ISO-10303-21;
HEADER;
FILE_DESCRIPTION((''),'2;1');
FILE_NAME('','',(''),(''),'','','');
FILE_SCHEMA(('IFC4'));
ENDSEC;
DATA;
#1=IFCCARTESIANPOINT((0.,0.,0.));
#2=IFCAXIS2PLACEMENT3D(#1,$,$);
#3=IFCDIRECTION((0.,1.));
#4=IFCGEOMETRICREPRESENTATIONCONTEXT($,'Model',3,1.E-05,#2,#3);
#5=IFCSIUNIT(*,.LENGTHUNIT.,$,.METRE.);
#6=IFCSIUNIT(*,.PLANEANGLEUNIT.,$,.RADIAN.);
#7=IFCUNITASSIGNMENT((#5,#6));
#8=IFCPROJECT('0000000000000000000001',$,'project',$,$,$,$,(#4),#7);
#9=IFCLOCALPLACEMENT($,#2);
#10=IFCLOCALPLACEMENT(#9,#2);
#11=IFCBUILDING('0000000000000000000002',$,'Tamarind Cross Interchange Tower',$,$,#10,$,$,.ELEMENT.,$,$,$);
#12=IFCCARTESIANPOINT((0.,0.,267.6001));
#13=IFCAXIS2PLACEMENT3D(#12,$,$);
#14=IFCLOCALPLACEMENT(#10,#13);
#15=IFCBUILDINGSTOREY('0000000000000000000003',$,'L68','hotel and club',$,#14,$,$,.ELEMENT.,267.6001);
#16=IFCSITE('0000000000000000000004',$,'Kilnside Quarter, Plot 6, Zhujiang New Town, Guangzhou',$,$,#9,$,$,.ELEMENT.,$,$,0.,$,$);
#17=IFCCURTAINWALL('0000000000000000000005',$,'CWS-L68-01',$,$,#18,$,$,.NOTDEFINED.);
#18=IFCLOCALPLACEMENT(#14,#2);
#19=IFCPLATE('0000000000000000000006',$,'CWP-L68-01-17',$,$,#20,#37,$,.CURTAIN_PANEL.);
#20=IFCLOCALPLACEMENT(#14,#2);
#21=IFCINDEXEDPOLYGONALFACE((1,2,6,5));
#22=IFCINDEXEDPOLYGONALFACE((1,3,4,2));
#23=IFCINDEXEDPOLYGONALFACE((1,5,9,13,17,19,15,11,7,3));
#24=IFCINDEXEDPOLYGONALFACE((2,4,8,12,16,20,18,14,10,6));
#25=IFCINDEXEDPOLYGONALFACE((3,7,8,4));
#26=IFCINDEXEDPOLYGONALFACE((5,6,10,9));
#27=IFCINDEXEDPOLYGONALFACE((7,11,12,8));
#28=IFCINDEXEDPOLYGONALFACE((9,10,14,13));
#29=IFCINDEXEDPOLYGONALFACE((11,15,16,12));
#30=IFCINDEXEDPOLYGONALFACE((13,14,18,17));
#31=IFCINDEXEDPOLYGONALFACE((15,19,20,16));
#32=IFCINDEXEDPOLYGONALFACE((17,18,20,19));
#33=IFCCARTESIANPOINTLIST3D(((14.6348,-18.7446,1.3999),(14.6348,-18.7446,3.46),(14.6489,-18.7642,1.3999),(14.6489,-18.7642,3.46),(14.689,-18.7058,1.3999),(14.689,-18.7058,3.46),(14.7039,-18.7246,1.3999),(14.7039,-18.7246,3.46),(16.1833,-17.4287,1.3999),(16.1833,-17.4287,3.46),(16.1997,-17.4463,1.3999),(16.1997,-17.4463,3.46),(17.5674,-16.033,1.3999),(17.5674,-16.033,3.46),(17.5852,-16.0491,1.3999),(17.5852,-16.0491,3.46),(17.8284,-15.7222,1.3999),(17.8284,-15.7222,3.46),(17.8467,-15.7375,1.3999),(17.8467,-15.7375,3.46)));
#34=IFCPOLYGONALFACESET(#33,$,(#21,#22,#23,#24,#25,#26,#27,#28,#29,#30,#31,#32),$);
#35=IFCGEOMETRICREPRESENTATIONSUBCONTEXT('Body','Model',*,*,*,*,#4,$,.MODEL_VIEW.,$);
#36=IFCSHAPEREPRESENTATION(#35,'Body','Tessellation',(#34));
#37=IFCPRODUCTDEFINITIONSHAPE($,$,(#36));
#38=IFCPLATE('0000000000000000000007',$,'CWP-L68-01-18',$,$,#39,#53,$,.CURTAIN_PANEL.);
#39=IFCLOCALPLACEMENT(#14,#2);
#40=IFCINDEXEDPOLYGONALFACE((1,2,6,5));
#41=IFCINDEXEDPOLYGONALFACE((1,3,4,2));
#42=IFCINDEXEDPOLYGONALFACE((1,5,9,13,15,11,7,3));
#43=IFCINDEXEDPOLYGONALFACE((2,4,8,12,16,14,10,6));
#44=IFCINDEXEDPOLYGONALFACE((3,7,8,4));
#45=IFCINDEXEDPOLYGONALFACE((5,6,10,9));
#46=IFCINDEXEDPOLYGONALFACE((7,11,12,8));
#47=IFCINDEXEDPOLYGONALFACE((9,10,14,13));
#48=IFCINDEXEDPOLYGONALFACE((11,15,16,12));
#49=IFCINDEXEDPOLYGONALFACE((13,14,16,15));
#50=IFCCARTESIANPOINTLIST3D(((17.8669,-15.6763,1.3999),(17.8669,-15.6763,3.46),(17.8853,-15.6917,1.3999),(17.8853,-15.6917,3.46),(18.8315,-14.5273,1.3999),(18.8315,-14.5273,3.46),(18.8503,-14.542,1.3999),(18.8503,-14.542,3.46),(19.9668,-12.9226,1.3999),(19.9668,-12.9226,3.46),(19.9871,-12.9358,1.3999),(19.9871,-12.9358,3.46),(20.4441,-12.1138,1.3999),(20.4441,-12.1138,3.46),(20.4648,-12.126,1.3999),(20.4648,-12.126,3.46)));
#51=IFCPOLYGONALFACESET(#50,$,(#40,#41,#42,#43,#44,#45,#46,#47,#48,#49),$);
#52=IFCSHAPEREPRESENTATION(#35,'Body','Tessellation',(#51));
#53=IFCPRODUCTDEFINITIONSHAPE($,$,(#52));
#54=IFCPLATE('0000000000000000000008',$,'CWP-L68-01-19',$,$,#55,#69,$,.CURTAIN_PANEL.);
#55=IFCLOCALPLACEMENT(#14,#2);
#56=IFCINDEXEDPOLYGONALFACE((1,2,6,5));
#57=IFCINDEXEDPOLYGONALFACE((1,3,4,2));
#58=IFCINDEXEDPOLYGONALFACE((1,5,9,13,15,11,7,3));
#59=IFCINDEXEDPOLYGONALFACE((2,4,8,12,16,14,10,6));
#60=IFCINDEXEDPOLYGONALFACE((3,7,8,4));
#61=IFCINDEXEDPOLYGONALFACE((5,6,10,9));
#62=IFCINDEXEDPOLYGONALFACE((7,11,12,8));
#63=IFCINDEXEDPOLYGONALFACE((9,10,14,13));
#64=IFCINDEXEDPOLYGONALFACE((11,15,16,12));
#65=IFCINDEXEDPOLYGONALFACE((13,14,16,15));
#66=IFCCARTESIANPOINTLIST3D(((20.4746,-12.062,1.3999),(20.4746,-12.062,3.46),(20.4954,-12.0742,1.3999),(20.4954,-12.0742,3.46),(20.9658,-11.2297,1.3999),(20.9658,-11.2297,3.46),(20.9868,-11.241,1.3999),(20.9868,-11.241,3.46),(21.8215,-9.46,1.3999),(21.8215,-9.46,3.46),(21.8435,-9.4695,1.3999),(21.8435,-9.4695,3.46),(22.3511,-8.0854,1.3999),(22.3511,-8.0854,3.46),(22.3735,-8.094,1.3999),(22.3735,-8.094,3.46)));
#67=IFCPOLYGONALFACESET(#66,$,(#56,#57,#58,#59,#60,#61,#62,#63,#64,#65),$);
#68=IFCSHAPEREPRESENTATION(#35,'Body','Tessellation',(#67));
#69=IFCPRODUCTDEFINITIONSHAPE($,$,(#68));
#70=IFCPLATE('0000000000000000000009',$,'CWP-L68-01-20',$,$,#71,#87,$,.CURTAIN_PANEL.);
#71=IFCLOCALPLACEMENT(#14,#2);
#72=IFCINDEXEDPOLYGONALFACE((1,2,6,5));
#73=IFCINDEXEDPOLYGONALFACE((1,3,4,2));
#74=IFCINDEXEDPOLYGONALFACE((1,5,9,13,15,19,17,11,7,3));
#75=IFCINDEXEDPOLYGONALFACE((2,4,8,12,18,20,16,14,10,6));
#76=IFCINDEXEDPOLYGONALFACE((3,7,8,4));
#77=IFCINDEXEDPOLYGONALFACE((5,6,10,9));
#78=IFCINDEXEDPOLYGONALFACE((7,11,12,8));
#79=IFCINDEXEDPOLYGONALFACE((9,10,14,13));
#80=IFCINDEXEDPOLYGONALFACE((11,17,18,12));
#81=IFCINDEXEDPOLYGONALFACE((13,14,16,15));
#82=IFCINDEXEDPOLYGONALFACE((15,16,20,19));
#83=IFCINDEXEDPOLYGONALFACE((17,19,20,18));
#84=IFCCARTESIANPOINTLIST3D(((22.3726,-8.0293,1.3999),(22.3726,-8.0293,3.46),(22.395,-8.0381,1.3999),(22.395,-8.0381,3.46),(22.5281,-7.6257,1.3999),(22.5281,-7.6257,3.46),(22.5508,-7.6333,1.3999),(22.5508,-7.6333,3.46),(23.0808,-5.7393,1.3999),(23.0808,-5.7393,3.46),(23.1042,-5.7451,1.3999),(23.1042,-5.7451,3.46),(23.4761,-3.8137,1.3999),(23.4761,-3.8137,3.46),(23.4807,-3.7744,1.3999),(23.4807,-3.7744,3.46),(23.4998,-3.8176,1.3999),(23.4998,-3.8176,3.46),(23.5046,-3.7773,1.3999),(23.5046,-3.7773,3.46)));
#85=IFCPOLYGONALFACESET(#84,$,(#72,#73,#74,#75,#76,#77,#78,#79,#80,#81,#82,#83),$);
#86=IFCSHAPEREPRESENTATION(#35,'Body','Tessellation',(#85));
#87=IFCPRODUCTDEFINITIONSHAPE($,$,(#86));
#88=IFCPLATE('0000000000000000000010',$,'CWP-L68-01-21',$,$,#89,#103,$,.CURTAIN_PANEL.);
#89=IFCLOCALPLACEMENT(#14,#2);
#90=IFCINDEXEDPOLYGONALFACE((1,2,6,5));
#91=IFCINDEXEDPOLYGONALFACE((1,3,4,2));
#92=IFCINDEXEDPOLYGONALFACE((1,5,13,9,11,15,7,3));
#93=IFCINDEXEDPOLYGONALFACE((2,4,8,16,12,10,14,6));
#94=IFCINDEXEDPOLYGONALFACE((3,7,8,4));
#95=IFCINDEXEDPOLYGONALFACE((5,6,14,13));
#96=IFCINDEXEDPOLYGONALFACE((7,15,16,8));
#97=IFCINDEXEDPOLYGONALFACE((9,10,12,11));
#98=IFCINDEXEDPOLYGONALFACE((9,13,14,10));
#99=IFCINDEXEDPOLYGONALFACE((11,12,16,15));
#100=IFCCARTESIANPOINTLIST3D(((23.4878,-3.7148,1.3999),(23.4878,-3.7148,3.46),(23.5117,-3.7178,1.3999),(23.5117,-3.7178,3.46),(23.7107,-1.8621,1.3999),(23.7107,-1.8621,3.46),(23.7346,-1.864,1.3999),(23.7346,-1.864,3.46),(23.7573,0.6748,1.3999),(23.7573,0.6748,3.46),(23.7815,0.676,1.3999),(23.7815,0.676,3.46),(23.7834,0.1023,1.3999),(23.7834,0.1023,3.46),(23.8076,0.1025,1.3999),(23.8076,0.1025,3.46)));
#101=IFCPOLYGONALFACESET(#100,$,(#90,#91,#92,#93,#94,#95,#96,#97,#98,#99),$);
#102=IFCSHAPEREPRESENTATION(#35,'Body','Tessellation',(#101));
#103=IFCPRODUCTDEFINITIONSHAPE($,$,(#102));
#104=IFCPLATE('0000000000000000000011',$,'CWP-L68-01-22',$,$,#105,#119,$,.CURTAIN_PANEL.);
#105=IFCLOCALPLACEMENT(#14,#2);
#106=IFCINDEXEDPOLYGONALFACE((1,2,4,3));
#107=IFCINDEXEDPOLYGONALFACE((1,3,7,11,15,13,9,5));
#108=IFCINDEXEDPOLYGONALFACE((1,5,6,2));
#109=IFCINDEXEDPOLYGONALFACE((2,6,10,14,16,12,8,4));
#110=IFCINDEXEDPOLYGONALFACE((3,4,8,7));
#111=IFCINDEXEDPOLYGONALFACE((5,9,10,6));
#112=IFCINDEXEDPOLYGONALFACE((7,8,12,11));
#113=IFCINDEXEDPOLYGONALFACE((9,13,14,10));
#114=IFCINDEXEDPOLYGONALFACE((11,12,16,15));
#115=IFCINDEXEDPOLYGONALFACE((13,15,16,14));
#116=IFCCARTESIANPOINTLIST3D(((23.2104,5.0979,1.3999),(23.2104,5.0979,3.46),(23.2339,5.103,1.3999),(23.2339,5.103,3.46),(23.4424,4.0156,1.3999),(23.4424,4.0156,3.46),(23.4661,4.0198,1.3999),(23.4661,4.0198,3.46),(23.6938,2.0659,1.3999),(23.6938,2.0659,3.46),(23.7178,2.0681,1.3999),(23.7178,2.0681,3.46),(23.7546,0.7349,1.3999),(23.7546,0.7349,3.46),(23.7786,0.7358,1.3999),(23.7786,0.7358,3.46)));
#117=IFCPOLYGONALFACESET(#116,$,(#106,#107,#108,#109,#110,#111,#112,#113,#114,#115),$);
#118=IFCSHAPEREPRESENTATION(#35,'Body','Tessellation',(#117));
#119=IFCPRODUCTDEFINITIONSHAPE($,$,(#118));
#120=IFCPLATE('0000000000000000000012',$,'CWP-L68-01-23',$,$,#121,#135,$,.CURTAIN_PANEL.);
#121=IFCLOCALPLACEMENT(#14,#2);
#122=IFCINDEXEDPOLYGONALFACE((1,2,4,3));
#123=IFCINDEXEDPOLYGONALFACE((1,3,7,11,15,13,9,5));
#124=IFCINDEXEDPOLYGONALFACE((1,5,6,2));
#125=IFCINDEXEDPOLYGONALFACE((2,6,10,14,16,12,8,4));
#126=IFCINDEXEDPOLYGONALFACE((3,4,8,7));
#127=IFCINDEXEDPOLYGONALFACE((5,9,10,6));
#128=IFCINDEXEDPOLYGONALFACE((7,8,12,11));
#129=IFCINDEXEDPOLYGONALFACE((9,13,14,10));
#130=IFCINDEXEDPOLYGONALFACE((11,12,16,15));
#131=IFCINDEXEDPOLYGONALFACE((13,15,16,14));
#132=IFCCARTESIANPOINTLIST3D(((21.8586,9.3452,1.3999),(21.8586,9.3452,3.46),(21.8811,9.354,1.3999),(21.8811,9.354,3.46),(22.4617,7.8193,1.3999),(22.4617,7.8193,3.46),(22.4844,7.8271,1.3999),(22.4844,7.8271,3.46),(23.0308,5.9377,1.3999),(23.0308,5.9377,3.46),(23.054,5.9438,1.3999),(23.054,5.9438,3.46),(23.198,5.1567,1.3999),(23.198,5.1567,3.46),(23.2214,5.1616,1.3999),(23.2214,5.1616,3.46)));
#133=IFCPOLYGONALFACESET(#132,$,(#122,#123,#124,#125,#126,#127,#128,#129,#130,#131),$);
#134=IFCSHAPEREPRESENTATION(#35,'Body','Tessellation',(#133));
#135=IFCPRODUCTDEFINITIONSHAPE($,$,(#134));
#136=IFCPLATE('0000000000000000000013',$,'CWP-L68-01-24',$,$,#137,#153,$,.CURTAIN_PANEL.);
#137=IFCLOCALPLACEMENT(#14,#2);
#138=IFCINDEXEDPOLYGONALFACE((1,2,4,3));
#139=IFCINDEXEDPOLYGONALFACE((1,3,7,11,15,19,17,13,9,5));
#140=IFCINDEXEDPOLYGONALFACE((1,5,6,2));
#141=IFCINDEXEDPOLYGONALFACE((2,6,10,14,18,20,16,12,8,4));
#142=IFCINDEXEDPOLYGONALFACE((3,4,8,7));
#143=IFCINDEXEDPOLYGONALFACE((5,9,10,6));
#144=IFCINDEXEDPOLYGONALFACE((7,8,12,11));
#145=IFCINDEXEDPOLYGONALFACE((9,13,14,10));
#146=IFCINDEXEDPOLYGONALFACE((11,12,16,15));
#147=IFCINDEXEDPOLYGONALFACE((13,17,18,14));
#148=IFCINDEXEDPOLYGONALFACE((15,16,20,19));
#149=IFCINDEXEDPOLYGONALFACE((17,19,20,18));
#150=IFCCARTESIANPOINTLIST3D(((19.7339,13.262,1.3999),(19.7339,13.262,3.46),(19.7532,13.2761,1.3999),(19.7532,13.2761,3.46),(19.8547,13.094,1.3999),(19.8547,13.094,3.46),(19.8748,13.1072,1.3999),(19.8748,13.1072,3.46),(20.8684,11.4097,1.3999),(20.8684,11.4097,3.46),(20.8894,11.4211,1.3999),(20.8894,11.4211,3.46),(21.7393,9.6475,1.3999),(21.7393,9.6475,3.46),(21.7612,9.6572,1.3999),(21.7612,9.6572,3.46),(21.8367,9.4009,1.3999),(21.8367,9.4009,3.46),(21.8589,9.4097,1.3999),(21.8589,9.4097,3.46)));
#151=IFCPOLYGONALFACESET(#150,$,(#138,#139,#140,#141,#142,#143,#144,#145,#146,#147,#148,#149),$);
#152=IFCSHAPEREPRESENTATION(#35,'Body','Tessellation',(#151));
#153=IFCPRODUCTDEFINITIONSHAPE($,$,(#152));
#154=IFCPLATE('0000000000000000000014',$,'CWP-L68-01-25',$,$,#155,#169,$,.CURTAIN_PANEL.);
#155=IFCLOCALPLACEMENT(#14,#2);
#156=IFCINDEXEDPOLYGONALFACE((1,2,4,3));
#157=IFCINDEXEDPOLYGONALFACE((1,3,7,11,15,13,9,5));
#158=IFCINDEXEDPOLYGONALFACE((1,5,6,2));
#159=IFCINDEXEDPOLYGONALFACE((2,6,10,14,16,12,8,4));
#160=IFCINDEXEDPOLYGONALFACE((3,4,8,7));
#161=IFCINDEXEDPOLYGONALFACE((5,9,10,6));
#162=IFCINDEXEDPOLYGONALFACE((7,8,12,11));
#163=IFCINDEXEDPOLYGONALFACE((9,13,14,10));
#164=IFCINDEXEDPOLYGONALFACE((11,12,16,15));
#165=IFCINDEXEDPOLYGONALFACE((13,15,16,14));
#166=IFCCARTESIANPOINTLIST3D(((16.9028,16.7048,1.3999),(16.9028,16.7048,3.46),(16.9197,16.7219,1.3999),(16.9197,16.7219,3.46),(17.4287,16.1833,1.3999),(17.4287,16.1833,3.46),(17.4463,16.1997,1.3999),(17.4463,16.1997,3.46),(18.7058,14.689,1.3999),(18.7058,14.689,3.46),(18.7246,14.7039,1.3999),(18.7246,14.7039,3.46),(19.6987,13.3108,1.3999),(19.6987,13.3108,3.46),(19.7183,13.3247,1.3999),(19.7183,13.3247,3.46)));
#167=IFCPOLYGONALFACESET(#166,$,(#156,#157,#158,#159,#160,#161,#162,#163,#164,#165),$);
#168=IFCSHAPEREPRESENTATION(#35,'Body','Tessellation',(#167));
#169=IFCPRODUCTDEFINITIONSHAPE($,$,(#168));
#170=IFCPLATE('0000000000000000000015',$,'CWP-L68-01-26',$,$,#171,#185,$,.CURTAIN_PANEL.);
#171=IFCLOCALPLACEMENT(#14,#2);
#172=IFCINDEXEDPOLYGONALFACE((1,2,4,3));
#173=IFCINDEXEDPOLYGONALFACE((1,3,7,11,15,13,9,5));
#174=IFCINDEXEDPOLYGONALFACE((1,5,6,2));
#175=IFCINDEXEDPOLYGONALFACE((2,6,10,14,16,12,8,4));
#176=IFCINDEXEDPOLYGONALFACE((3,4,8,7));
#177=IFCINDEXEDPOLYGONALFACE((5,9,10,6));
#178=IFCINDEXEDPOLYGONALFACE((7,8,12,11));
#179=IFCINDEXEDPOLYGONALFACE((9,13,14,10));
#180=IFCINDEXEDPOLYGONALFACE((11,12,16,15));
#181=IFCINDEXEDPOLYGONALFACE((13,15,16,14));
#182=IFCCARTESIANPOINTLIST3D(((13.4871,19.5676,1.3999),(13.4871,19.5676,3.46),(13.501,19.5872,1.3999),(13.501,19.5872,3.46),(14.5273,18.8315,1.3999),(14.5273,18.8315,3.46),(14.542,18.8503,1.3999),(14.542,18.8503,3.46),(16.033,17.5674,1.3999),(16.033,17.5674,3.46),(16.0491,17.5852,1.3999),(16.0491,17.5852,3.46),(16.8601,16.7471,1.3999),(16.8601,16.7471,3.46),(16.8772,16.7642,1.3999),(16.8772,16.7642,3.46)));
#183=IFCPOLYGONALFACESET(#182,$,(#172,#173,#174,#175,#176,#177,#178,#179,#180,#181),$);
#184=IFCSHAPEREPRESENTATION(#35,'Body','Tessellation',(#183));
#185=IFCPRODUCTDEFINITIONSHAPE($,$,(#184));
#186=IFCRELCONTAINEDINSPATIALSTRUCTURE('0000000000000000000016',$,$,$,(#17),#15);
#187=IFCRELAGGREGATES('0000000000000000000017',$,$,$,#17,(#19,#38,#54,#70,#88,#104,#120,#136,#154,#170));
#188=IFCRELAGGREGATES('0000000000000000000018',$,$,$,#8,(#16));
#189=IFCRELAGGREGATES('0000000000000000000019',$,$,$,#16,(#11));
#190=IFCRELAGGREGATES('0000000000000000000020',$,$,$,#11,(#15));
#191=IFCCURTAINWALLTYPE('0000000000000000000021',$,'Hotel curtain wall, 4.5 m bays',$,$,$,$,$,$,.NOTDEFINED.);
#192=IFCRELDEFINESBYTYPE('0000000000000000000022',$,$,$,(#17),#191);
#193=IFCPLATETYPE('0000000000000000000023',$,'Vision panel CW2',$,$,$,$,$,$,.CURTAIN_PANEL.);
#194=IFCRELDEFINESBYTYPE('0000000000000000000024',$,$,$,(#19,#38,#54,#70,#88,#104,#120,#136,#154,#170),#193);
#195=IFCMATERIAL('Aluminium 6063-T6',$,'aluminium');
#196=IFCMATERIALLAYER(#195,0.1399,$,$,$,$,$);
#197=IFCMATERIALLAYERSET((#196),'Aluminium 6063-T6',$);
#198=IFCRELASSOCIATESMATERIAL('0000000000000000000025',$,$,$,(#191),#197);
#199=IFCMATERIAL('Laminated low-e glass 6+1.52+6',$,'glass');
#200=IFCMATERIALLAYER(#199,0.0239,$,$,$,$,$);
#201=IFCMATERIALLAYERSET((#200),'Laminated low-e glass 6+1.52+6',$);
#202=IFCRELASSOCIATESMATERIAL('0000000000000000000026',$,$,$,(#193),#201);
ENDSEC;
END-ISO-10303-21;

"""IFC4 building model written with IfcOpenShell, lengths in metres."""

from ifc_helpers import new_model, si_unit, direction, frame, origin, place, context, subcontext, project, spatial, polyline, outline, extrude, material, layer, layer_set, type_object, element, aggregate, save


model = new_model("IFC4")

# Units and contexts
model_context = context("Model", 3, precision=1e-05, world=origin(), true_north=direction((0.0, 1.0)))
body_context = subcontext(model_context, "Body", "Model", "MODEL_VIEW")
ifc_project = project(units=[si_unit("LENGTHUNIT", "METRE"), si_unit("PLANEANGLEUNIT", "RADIAN")], contexts=[model_context])

# Site, building, storey
site_placement = place(None, origin())
site = spatial("IfcSite", under=ifc_project, at=site_placement, Name="Kilnside Quarter, Plot 6, Zhujiang New Town, Guangzhou", CompositionType="ELEMENT", RefElevation=0.0)
building_placement = place(site_placement, origin())
building = spatial("IfcBuilding", under=site, at=building_placement, Name="Tamarind Cross Interchange Tower", CompositionType="ELEMENT")
storey_placement = place(building_placement, frame((0.0, 0.0, 267.6001)))
storey = spatial("IfcBuildingStorey", under=building, at=storey_placement, Name="L68", Description="hotel and club", CompositionType="ELEMENT", Elevation=267.6001)

# Curtain wall, plates
ifc_material_1 = material(Name="Aluminium 6063-T6", Category="aluminium")
ifc_layer_1 = layer(ifc_material_1, 0.1399)
ifc_layer_set_1 = layer_set([ifc_layer_1], Name="Aluminium 6063-T6")
curtain_wall_type = type_object("IfcCurtainWallType", Name="Hotel curtain wall, 4.5 m bays", PredefinedType="NOTDEFINED", material=ifc_layer_set_1)
curtain_wall_placement = place(storey_placement, origin())
curtain_wall = element("IfcCurtainWall", 1, at=curtain_wall_placement, inside=storey, type_object=curtain_wall_type, Name="CWS-L68-01", PredefinedType="NOTDEFINED")
ifc_material_2 = material(Name="Laminated low-e glass 6+1.52+6", Category="glass")
ifc_layer_2 = layer(ifc_material_2, 0.0239)
ifc_layer_set_2 = layer_set([ifc_layer_2], Name="Laminated low-e glass 6+1.52+6")
plate_type = type_object("IfcPlateType", Name="Vision panel CW2", PredefinedType="CURTAIN_PANEL", material=ifc_layer_set_2)
plate_1_placement = place(storey_placement, frame((0.0, 0.0, 1.3999)))
plate_1 = element("IfcPlate", 2, at=plate_1_placement, type_object=plate_type, Name="CWP-L68-01-17", PredefinedType="CURTAIN_PANEL", context=body_context, shape_type="SweptSolid", body=[
    extrude(outline(polyline([(14.6348, -18.7446), (14.689, -18.7058), (16.1833, -17.4287), (17.5674, -16.033), (17.8284, -15.7222), (17.8467, -15.7375), (17.5852, -16.0491), (16.1997, -17.4463), (14.7039, -18.7246), (14.6489, -18.7642), (14.6348, -18.7446)])), origin(), (0.0, 0.0, 1.0), 2.0601),
])
plate_2_placement = place(storey_placement, frame((0.0, 0.0, 1.3999)))
plate_2 = element("IfcPlate", 3, at=plate_2_placement, type_object=plate_type, Name="CWP-L68-01-18", PredefinedType="CURTAIN_PANEL", context=body_context, shape_type="SweptSolid", body=[
    extrude(outline(polyline([(17.8669, -15.6763), (18.8315, -14.5273), (19.9668, -12.9226), (20.4441, -12.1138), (20.4648, -12.126), (19.9871, -12.9358), (18.8503, -14.542), (17.8853, -15.6917), (17.8669, -15.6763)])), origin(), (0.0, 0.0, 1.0), 2.0601),
])
plate_3_placement = place(storey_placement, frame((0.0, 0.0, 1.3999)))
plate_3 = element("IfcPlate", 4, at=plate_3_placement, type_object=plate_type, Name="CWP-L68-01-19", PredefinedType="CURTAIN_PANEL", context=body_context, shape_type="SweptSolid", body=[
    extrude(outline(polyline([(20.4746, -12.062), (20.9658, -11.2297), (21.8215, -9.46), (22.3511, -8.0854), (22.3735, -8.094), (21.8435, -9.4695), (20.9868, -11.241), (20.4954, -12.0742), (20.4746, -12.062)])), origin(), (0.0, 0.0, 1.0), 2.0601),
])
plate_4_placement = place(storey_placement, frame((0.0, 0.0, 1.3999)))
plate_4 = element("IfcPlate", 5, at=plate_4_placement, type_object=plate_type, Name="CWP-L68-01-20", PredefinedType="CURTAIN_PANEL", context=body_context, shape_type="SweptSolid", body=[
    extrude(outline(polyline([(22.3726, -8.0293), (22.5281, -7.6257), (23.0808, -5.7393), (23.4761, -3.8137), (23.4807, -3.7744), (23.5046, -3.7773), (23.4998, -3.8176), (23.1042, -5.7451), (22.5508, -7.6333), (22.395, -8.0381), (22.3726, -8.0293)])), origin(), (0.0, 0.0, 1.0), 2.0601),
])
plate_5_placement = place(storey_placement, frame((0.0, 0.0, 1.3999)))
plate_5 = element("IfcPlate", 6, at=plate_5_placement, type_object=plate_type, Name="CWP-L68-01-21", PredefinedType="CURTAIN_PANEL", context=body_context, shape_type="SweptSolid", body=[
    extrude(outline(polyline([(23.4878, -3.7148), (23.7107, -1.8621), (23.7834, 0.1023), (23.7573, 0.6748), (23.7815, 0.676), (23.8076, 0.1025), (23.7346, -1.864), (23.5117, -3.7178), (23.4878, -3.7148)])), origin(), (0.0, 0.0, 1.0), 2.0601),
])
plate_6_placement = place(storey_placement, frame((0.0, 0.0, 1.3999)))
plate_6 = element("IfcPlate", 7, at=plate_6_placement, type_object=plate_type, Name="CWP-L68-01-22", PredefinedType="CURTAIN_PANEL", context=body_context, shape_type="SweptSolid", body=[
    extrude(outline(polyline([(23.7546, 0.7349), (23.6938, 2.0659), (23.4424, 4.0156), (23.2104, 5.0979), (23.2339, 5.103), (23.4661, 4.0198), (23.7178, 2.0681), (23.7786, 0.7358), (23.7546, 0.7349)])), origin(), (0.0, 0.0, 1.0), 2.0601),
])
plate_7_placement = place(storey_placement, frame((0.0, 0.0, 1.3999)))
plate_7 = element("IfcPlate", 8, at=plate_7_placement, type_object=plate_type, Name="CWP-L68-01-23", PredefinedType="CURTAIN_PANEL", context=body_context, shape_type="SweptSolid", body=[
    extrude(outline(polyline([(23.198, 5.1567), (23.0308, 5.9377), (22.4617, 7.8193), (21.8586, 9.3452), (21.8811, 9.354), (22.4844, 7.8271), (23.054, 5.9438), (23.2214, 5.1616), (23.198, 5.1567)])), origin(), (0.0, 0.0, 1.0), 2.0601),
])
plate_8_placement = place(storey_placement, frame((0.0, 0.0, 1.3999)))
plate_8 = element("IfcPlate", 9, at=plate_8_placement, type_object=plate_type, Name="CWP-L68-01-24", PredefinedType="CURTAIN_PANEL", context=body_context, shape_type="SweptSolid", body=[
    extrude(outline(polyline([(21.8367, 9.4009), (21.7393, 9.6475), (20.8684, 11.4097), (19.8547, 13.094), (19.7339, 13.262), (19.7532, 13.2761), (19.8748, 13.1072), (20.8894, 11.4211), (21.7612, 9.6572), (21.8589, 9.4097), (21.8367, 9.4009)])), origin(), (0.0, 0.0, 1.0), 2.0601),
])
plate_9_placement = place(storey_placement, frame((0.0, 0.0, 1.3999)))
plate_9 = element("IfcPlate", 10, at=plate_9_placement, type_object=plate_type, Name="CWP-L68-01-25", PredefinedType="CURTAIN_PANEL", context=body_context, shape_type="SweptSolid", body=[
    extrude(outline(polyline([(19.6987, 13.3108), (18.7058, 14.689), (17.4287, 16.1833), (16.9028, 16.7048), (16.9197, 16.7219), (17.4463, 16.1997), (18.7246, 14.7039), (19.7183, 13.3247), (19.6987, 13.3108)])), origin(), (0.0, 0.0, 1.0), 2.0601),
])
plate_10_placement = place(storey_placement, frame((0.0, 0.0, 1.3999)))
plate_10 = element("IfcPlate", 11, at=plate_10_placement, type_object=plate_type, Name="CWP-L68-01-26", PredefinedType="CURTAIN_PANEL", context=body_context, shape_type="SweptSolid", body=[
    extrude(outline(polyline([(16.8601, 16.7471), (16.033, 17.5674), (14.5273, 18.8315), (13.4871, 19.5676), (13.501, 19.5872), (14.542, 18.8503), (16.0491, 17.5852), (16.8772, 16.7642), (16.8601, 16.7471)])), origin(), (0.0, 0.0, 1.0), 2.0601),
])
aggregate(curtain_wall, [plate_1, plate_2, plate_3, plate_4, plate_5, plate_6, plate_7, plate_8, plate_9, plate_10])

save(model, "model.ifc")
